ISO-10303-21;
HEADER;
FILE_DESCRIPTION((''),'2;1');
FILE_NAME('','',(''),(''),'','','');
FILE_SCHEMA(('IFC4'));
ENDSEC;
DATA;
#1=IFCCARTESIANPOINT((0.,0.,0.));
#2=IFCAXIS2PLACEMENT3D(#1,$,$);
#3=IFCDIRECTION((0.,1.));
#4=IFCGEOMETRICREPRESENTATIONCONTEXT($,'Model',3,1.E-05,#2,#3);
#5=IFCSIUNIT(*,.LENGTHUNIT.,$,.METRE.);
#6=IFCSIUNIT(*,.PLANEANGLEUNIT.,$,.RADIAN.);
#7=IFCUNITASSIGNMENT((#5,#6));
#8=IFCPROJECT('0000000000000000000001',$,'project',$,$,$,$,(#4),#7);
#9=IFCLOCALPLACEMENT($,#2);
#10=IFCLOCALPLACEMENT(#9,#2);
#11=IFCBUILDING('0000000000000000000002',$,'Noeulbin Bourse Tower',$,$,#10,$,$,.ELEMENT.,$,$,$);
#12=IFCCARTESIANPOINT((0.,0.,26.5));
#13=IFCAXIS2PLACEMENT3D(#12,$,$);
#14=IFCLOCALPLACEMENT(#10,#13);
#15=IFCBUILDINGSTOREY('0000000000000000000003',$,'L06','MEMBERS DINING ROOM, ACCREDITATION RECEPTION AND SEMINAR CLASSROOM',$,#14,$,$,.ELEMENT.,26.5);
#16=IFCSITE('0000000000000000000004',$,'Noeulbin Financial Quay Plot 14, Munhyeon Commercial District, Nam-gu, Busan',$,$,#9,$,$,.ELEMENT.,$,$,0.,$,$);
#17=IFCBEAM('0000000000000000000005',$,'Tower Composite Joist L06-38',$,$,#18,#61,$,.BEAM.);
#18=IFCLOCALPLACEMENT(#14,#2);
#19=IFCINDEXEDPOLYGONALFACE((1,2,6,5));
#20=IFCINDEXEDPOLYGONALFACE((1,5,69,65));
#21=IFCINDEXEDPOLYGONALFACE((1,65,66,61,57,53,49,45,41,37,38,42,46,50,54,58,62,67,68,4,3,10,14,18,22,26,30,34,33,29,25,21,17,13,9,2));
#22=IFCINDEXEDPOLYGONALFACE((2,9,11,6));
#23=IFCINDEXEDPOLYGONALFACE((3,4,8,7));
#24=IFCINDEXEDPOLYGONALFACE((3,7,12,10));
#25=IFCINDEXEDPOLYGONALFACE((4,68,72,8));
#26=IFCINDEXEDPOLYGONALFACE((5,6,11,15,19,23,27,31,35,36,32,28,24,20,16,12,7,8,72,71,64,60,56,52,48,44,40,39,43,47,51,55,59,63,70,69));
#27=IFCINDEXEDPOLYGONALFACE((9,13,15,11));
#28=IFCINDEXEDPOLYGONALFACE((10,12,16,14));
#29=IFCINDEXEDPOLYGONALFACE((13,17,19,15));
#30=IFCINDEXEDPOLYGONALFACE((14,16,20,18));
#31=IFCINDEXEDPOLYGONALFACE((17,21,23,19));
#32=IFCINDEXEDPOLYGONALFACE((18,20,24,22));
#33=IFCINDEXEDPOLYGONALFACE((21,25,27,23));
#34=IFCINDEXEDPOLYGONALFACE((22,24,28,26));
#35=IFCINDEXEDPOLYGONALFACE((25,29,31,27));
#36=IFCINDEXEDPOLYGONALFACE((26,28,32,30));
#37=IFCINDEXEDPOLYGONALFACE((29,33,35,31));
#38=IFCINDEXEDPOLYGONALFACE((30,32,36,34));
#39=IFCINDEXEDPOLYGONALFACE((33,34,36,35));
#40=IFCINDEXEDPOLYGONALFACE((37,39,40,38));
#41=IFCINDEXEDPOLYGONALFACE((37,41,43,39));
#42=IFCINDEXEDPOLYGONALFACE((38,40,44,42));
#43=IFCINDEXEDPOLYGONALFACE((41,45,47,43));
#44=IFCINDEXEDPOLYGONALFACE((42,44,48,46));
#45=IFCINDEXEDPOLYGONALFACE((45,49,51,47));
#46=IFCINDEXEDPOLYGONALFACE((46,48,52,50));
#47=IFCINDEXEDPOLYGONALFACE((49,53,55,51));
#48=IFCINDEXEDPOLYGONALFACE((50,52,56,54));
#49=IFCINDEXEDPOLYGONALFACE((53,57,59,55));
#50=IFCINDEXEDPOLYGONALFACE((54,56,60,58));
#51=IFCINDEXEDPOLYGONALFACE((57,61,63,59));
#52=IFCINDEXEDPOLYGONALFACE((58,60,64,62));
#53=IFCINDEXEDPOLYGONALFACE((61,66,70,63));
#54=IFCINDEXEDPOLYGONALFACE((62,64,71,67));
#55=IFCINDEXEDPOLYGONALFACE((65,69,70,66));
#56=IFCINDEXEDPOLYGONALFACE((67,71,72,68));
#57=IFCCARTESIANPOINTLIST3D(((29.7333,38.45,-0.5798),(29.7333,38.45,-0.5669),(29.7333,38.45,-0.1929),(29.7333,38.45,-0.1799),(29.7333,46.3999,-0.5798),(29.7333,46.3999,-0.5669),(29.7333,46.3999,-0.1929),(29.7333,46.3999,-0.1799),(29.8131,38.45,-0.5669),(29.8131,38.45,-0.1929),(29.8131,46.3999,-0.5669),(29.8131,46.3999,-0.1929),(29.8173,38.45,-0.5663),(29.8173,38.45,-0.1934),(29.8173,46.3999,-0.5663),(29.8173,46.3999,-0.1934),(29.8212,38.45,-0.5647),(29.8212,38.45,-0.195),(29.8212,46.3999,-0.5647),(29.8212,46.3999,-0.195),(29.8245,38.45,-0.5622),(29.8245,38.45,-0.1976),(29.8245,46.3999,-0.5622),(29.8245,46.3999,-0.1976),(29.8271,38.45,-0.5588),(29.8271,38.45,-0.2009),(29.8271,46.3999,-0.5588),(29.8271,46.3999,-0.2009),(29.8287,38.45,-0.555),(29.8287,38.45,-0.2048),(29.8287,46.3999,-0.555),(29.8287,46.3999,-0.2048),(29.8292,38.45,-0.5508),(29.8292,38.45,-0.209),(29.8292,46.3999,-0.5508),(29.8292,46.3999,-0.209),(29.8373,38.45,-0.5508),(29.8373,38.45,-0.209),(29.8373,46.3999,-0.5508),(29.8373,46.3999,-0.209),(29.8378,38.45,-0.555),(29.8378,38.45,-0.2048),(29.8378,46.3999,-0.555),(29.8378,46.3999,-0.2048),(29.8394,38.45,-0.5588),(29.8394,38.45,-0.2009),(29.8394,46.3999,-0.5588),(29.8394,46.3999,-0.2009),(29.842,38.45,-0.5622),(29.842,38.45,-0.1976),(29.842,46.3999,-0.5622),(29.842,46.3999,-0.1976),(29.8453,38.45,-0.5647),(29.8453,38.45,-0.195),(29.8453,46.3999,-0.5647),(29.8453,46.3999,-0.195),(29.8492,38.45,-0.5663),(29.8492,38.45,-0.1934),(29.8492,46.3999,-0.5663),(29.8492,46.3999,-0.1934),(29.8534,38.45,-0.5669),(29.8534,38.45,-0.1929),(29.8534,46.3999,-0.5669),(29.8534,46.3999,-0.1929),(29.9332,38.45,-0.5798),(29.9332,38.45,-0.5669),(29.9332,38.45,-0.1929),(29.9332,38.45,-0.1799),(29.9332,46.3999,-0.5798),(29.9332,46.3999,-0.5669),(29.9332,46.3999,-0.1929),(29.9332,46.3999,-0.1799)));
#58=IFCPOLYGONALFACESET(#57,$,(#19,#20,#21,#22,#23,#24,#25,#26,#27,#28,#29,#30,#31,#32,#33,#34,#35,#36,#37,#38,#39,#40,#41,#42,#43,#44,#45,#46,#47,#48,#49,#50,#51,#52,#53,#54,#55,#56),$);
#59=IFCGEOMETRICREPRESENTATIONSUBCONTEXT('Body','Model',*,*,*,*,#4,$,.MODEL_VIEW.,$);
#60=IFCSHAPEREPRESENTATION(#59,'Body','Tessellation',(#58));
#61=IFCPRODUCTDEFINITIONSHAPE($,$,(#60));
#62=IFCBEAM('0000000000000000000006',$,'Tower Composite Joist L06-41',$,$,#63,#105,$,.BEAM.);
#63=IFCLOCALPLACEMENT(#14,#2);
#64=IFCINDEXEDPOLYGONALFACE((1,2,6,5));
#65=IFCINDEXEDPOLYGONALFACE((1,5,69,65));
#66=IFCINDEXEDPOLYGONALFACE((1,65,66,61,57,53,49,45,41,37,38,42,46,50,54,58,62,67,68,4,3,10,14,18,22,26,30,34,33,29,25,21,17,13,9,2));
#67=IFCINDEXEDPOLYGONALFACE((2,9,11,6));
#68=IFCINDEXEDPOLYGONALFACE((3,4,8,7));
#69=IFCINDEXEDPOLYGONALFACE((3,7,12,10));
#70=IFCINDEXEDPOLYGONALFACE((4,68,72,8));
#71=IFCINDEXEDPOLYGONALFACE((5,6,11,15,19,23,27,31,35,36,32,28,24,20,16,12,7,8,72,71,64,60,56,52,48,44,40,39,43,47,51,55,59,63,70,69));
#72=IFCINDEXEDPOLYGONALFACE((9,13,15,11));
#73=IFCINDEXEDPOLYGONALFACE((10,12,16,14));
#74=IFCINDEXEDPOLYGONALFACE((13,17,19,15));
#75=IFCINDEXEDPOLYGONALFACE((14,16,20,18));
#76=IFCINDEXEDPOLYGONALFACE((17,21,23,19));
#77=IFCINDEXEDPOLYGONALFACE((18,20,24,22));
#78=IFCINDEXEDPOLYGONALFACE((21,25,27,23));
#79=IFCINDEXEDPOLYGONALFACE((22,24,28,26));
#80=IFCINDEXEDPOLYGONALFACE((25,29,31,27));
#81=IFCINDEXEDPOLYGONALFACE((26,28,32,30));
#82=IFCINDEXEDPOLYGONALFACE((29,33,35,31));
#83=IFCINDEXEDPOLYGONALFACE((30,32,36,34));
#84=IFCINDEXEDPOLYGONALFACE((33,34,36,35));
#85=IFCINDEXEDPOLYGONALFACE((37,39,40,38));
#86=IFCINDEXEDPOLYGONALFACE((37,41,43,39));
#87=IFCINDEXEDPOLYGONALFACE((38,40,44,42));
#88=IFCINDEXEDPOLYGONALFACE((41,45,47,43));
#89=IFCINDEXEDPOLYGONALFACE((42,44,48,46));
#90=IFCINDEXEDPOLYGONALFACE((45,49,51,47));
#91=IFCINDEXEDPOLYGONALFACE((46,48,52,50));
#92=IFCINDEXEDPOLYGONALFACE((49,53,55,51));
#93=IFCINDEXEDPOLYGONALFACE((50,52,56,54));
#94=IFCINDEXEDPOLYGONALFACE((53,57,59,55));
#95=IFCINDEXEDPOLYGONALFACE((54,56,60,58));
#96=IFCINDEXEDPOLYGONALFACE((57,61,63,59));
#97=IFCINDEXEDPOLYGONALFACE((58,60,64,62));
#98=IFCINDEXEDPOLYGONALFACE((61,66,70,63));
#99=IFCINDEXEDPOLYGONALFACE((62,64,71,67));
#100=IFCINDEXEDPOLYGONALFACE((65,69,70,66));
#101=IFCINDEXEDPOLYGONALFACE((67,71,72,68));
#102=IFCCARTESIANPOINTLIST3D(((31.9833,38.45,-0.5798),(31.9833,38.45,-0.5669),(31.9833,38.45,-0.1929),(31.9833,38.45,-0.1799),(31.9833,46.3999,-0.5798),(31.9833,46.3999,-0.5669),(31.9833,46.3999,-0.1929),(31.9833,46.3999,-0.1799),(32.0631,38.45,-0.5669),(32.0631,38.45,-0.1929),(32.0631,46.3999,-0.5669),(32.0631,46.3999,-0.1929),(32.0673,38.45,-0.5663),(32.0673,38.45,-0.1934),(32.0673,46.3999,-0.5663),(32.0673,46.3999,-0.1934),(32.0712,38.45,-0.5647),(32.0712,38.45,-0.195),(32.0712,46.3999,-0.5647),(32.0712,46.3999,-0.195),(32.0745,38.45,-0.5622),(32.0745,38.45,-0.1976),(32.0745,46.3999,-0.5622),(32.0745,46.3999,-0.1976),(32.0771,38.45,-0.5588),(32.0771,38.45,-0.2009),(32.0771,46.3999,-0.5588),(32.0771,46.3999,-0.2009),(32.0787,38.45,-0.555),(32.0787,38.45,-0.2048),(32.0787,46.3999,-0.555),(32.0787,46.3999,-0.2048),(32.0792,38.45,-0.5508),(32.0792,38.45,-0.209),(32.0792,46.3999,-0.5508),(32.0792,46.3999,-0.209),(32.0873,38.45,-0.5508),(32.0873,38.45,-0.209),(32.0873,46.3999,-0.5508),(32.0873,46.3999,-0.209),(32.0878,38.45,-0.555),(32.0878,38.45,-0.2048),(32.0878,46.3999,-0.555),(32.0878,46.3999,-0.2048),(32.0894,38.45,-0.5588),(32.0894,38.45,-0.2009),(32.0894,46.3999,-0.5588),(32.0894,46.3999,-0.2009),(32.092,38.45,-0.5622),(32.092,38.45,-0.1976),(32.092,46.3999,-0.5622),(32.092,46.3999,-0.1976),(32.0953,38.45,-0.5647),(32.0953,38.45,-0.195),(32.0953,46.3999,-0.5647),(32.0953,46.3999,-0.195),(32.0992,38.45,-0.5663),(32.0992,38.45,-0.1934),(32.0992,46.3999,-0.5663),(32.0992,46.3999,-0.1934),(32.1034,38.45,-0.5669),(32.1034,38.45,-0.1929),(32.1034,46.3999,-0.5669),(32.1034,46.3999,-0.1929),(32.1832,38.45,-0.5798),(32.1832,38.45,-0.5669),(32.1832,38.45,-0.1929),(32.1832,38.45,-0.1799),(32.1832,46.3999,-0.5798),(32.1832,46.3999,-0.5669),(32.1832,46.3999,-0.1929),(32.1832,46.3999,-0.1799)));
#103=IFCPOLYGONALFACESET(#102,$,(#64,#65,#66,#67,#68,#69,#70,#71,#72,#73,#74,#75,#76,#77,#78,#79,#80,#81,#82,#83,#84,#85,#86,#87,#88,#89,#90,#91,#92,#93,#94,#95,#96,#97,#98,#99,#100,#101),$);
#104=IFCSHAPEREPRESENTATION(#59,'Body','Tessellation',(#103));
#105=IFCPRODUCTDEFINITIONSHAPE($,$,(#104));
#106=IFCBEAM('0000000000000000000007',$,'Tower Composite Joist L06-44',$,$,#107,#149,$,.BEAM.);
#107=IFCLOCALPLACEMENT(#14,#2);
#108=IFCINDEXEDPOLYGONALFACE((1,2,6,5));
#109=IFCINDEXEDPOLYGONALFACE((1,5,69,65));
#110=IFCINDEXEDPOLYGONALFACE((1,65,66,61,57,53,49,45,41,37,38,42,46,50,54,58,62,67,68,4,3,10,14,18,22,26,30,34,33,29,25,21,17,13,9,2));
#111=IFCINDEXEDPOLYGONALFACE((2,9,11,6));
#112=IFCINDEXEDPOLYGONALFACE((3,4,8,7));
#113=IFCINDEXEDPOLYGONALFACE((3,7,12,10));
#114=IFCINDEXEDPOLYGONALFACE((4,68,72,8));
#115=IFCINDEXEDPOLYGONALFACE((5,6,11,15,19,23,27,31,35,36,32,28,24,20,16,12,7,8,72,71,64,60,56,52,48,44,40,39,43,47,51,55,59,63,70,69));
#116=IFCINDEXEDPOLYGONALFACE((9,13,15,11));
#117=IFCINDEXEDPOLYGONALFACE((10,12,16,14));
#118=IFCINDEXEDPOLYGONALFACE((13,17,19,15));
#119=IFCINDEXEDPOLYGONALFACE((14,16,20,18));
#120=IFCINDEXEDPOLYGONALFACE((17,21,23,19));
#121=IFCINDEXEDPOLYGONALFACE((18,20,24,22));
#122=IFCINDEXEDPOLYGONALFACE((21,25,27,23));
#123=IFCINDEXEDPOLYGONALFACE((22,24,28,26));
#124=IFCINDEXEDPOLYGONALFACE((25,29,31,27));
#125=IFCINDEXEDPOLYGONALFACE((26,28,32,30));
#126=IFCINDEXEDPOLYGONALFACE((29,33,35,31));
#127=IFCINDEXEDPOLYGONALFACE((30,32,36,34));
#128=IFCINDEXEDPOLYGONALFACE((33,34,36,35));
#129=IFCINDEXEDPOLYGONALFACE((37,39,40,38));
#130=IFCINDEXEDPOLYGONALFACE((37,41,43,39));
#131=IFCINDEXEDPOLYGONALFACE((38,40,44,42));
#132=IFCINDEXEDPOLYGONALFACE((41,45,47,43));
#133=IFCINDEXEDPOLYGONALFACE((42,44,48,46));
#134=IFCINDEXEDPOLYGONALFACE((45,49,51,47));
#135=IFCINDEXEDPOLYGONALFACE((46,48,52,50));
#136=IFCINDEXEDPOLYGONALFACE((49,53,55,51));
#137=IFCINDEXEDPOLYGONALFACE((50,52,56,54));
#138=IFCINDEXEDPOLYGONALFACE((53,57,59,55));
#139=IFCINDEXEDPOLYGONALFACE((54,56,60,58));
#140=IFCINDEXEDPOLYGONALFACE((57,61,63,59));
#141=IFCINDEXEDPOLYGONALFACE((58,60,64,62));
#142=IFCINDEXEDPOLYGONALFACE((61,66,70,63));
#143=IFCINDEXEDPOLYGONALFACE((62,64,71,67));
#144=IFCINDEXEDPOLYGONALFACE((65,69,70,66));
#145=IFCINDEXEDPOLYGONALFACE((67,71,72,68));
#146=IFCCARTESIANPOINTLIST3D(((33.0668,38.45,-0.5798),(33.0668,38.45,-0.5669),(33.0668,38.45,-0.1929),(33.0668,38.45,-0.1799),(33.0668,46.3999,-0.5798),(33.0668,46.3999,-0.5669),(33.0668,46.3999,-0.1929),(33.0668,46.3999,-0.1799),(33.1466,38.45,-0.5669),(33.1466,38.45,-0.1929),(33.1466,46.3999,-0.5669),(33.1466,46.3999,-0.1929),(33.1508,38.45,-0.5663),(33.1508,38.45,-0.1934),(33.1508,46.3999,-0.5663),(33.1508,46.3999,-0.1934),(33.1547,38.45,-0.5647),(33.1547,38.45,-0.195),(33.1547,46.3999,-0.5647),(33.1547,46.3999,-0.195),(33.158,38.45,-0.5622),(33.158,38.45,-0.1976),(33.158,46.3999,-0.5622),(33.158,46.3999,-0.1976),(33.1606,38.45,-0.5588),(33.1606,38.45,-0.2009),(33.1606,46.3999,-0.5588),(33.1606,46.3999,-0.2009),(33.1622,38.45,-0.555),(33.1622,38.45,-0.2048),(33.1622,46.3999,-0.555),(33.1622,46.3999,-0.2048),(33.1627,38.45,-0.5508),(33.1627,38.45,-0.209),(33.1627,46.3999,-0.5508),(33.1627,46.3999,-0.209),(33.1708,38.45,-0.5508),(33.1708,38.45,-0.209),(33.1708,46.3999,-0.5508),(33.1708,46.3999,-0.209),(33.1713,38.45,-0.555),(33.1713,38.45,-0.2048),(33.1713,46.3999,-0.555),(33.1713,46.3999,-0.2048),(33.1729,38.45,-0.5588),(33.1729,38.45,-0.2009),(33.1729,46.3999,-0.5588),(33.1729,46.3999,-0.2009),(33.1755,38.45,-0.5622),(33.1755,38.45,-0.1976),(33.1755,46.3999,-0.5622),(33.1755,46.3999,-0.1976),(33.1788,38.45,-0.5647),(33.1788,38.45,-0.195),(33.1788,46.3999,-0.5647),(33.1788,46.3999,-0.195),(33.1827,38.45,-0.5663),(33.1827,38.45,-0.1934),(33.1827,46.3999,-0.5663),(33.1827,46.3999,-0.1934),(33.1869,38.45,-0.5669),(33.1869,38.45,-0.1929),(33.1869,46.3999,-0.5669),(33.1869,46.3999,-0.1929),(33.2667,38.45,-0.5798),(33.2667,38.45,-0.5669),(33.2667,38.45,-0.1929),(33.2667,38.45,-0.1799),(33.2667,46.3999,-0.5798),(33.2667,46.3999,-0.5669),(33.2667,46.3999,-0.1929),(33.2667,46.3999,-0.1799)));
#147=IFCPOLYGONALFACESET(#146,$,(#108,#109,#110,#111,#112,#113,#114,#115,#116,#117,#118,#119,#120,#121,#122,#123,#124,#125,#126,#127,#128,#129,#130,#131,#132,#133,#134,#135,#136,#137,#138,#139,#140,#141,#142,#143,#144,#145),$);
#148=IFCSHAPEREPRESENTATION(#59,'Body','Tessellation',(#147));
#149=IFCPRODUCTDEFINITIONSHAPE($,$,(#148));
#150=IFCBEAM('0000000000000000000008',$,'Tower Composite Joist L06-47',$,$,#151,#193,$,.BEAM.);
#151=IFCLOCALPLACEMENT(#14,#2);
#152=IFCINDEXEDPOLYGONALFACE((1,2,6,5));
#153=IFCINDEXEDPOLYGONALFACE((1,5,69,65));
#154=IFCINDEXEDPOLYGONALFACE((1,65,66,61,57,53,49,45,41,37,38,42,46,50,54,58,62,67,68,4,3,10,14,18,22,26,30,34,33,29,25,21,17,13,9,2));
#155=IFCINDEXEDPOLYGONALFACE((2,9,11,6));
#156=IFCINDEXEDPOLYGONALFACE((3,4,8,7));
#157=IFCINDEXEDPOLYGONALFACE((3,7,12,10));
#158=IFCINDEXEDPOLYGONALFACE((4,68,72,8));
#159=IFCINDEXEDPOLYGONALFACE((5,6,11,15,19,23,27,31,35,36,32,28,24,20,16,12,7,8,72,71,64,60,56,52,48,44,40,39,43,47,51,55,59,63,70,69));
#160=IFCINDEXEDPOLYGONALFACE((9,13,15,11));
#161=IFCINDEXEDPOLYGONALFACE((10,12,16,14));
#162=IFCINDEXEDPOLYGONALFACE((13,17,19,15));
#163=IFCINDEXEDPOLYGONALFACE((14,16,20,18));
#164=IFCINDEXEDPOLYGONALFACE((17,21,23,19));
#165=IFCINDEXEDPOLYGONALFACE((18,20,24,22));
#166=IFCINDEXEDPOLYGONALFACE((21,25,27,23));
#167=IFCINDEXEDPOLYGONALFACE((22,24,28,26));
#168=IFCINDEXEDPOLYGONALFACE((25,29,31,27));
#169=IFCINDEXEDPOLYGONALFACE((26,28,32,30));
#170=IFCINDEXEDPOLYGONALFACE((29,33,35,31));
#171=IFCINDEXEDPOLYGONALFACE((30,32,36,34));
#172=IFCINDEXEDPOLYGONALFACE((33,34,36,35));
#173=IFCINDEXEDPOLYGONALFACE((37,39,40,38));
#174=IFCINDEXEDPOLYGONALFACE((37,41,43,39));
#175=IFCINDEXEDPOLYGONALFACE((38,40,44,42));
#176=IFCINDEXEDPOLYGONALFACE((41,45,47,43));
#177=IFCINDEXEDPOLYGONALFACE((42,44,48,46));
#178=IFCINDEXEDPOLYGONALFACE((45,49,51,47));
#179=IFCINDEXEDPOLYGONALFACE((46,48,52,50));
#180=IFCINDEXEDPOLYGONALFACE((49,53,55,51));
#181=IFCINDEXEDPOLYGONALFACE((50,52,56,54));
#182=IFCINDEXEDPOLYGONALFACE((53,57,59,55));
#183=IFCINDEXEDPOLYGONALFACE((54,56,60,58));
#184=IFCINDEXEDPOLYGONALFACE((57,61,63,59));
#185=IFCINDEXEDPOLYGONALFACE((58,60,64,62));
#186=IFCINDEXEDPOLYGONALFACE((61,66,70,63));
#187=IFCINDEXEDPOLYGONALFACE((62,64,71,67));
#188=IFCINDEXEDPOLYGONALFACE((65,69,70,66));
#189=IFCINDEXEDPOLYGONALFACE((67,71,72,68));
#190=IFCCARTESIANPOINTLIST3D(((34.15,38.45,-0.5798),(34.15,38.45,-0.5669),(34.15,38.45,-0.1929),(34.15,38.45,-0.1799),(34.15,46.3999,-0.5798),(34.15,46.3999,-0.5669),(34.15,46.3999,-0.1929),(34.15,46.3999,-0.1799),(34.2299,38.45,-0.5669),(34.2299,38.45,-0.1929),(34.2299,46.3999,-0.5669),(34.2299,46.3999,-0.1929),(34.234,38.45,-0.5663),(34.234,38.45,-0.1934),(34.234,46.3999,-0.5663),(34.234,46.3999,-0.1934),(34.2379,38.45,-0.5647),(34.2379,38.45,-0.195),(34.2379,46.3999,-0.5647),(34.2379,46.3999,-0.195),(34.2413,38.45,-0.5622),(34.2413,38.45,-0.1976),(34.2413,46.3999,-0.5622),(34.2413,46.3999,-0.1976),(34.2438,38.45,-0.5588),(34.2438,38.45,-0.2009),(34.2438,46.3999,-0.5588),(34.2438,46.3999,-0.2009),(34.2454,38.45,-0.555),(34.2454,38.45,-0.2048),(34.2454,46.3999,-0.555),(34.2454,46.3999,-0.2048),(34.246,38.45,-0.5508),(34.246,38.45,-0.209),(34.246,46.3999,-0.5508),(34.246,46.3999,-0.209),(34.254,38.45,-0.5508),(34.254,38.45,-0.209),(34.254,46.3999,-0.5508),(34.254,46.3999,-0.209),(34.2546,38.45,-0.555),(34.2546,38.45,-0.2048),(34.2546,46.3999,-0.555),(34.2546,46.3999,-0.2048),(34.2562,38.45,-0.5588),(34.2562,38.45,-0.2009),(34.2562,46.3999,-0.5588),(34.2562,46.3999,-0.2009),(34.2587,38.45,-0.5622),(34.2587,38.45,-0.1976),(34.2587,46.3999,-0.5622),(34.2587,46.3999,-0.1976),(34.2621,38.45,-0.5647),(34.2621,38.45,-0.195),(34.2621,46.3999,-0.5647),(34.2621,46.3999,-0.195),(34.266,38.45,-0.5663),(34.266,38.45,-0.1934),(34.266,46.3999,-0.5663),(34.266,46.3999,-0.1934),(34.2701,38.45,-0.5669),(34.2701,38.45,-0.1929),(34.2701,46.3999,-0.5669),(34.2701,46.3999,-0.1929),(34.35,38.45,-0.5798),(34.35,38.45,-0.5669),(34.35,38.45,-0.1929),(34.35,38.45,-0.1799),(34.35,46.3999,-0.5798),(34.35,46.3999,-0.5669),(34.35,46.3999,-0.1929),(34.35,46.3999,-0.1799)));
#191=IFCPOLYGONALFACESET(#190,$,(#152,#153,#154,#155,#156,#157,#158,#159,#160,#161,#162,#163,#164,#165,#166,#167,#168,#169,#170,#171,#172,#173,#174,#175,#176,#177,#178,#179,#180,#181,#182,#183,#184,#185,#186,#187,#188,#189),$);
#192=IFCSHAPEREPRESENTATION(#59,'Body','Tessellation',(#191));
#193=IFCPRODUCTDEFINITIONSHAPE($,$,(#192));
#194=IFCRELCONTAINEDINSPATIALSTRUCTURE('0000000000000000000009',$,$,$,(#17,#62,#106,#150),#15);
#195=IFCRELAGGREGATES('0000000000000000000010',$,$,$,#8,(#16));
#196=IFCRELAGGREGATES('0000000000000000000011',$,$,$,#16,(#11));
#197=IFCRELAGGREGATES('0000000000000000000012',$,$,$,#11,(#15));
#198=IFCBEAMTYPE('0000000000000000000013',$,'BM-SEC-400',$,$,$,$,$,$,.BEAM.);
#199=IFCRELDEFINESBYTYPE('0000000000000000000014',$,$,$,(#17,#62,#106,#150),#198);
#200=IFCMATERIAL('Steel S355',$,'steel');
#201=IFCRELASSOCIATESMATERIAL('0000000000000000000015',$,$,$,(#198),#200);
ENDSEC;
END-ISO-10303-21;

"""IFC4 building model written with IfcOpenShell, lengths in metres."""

from ifc_helpers import new_model, si_unit, direction, frame, origin, origin_2d, place, context, subcontext, project, spatial, i_section, extrude, material, material_profile, profile_set, type_object, element, save


model = new_model("IFC4")

# Units and contexts
model_context = context("Model", 3, precision=1e-05, world=origin(), true_north=direction((0.0, 1.0)))
body_context = subcontext(model_context, "Body", "Model", "MODEL_VIEW")
ifc_project = project(units=[si_unit("LENGTHUNIT", "METRE"), si_unit("PLANEANGLEUNIT", "RADIAN")], contexts=[model_context])

# Site, building, storey
site_placement = place(None, origin())
site = spatial("IfcSite", under=ifc_project, at=site_placement, Name="Noeulbin Financial Quay Plot 14, Munhyeon Commercial District, Nam-gu, Busan", CompositionType="ELEMENT", RefElevation=0.0)
building_placement = place(site_placement, origin())
building = spatial("IfcBuilding", under=site, at=building_placement, Name="Noeulbin Bourse Tower", CompositionType="ELEMENT")
storey_placement = place(building_placement, frame((0.0, 0.0, 26.5)))
storey = spatial("IfcBuildingStorey", under=building, at=storey_placement, Name="L06", Description="MEMBERS DINING ROOM, ACCREDITATION RECEPTION AND SEMINAR CLASSROOM", CompositionType="ELEMENT", Elevation=26.5)

# Beams
ifc_material_1 = material(Name="Steel S355", Category="steel")
ifc_material_profile_1 = material_profile(ifc_material_1, i_section(OverallWidth=0.2, OverallDepth=0.3999, WebThickness=0.0081, FlangeThickness=0.0129, FilletRadius=0.0161, at=origin_2d()), Name="H-400x200x8x13", Category="LoadBearing")
ifc_profile_set_1 = profile_set([ifc_material_profile_1], Name="Steel S355")
beam_type_1 = type_object("IfcBeamType", Name="BM-SEC-400", PredefinedType="BEAM", material=ifc_profile_set_1)
for number, where, z_axis, x_axis, name in (
    (1, (29.8333, 38.45, -0.3799), (0.0, 1.0, 0.0), (-1.0, 0.0, 0.0), "Tower Composite Joist L06-38"),
    (2, (32.0833, 38.45, -0.3799), (0.0, 1.0, 0.0), (-1.0, 0.0, 0.0), "Tower Composite Joist L06-41"),
    (3, (33.1667, 38.45, -0.3799), (0.0, 1.0, 0.0), (-1.0, 0.0, 0.0), "Tower Composite Joist L06-44"),
    (4, (34.25, 38.45, -0.3799), (0.0, 1.0, 0.0), (-1.0, 0.0, 0.0), "Tower Composite Joist L06-47"),
):
    element("IfcBeam", number, at=place(storey_placement, frame(where, z_axis=z_axis, x_axis=x_axis)), inside=storey, type_object=beam_type_1, Name=name, PredefinedType="BEAM", context=body_context, shape_type="SweptSolid", body=[
        extrude(i_section(OverallWidth=0.2, OverallDepth=0.3999, WebThickness=0.0081, FlangeThickness=0.0129, FilletRadius=0.0161, at=origin_2d()), origin(), (0.0, 0.0, 1.0), 7.95),
    ])

save(model, "model.ifc")
